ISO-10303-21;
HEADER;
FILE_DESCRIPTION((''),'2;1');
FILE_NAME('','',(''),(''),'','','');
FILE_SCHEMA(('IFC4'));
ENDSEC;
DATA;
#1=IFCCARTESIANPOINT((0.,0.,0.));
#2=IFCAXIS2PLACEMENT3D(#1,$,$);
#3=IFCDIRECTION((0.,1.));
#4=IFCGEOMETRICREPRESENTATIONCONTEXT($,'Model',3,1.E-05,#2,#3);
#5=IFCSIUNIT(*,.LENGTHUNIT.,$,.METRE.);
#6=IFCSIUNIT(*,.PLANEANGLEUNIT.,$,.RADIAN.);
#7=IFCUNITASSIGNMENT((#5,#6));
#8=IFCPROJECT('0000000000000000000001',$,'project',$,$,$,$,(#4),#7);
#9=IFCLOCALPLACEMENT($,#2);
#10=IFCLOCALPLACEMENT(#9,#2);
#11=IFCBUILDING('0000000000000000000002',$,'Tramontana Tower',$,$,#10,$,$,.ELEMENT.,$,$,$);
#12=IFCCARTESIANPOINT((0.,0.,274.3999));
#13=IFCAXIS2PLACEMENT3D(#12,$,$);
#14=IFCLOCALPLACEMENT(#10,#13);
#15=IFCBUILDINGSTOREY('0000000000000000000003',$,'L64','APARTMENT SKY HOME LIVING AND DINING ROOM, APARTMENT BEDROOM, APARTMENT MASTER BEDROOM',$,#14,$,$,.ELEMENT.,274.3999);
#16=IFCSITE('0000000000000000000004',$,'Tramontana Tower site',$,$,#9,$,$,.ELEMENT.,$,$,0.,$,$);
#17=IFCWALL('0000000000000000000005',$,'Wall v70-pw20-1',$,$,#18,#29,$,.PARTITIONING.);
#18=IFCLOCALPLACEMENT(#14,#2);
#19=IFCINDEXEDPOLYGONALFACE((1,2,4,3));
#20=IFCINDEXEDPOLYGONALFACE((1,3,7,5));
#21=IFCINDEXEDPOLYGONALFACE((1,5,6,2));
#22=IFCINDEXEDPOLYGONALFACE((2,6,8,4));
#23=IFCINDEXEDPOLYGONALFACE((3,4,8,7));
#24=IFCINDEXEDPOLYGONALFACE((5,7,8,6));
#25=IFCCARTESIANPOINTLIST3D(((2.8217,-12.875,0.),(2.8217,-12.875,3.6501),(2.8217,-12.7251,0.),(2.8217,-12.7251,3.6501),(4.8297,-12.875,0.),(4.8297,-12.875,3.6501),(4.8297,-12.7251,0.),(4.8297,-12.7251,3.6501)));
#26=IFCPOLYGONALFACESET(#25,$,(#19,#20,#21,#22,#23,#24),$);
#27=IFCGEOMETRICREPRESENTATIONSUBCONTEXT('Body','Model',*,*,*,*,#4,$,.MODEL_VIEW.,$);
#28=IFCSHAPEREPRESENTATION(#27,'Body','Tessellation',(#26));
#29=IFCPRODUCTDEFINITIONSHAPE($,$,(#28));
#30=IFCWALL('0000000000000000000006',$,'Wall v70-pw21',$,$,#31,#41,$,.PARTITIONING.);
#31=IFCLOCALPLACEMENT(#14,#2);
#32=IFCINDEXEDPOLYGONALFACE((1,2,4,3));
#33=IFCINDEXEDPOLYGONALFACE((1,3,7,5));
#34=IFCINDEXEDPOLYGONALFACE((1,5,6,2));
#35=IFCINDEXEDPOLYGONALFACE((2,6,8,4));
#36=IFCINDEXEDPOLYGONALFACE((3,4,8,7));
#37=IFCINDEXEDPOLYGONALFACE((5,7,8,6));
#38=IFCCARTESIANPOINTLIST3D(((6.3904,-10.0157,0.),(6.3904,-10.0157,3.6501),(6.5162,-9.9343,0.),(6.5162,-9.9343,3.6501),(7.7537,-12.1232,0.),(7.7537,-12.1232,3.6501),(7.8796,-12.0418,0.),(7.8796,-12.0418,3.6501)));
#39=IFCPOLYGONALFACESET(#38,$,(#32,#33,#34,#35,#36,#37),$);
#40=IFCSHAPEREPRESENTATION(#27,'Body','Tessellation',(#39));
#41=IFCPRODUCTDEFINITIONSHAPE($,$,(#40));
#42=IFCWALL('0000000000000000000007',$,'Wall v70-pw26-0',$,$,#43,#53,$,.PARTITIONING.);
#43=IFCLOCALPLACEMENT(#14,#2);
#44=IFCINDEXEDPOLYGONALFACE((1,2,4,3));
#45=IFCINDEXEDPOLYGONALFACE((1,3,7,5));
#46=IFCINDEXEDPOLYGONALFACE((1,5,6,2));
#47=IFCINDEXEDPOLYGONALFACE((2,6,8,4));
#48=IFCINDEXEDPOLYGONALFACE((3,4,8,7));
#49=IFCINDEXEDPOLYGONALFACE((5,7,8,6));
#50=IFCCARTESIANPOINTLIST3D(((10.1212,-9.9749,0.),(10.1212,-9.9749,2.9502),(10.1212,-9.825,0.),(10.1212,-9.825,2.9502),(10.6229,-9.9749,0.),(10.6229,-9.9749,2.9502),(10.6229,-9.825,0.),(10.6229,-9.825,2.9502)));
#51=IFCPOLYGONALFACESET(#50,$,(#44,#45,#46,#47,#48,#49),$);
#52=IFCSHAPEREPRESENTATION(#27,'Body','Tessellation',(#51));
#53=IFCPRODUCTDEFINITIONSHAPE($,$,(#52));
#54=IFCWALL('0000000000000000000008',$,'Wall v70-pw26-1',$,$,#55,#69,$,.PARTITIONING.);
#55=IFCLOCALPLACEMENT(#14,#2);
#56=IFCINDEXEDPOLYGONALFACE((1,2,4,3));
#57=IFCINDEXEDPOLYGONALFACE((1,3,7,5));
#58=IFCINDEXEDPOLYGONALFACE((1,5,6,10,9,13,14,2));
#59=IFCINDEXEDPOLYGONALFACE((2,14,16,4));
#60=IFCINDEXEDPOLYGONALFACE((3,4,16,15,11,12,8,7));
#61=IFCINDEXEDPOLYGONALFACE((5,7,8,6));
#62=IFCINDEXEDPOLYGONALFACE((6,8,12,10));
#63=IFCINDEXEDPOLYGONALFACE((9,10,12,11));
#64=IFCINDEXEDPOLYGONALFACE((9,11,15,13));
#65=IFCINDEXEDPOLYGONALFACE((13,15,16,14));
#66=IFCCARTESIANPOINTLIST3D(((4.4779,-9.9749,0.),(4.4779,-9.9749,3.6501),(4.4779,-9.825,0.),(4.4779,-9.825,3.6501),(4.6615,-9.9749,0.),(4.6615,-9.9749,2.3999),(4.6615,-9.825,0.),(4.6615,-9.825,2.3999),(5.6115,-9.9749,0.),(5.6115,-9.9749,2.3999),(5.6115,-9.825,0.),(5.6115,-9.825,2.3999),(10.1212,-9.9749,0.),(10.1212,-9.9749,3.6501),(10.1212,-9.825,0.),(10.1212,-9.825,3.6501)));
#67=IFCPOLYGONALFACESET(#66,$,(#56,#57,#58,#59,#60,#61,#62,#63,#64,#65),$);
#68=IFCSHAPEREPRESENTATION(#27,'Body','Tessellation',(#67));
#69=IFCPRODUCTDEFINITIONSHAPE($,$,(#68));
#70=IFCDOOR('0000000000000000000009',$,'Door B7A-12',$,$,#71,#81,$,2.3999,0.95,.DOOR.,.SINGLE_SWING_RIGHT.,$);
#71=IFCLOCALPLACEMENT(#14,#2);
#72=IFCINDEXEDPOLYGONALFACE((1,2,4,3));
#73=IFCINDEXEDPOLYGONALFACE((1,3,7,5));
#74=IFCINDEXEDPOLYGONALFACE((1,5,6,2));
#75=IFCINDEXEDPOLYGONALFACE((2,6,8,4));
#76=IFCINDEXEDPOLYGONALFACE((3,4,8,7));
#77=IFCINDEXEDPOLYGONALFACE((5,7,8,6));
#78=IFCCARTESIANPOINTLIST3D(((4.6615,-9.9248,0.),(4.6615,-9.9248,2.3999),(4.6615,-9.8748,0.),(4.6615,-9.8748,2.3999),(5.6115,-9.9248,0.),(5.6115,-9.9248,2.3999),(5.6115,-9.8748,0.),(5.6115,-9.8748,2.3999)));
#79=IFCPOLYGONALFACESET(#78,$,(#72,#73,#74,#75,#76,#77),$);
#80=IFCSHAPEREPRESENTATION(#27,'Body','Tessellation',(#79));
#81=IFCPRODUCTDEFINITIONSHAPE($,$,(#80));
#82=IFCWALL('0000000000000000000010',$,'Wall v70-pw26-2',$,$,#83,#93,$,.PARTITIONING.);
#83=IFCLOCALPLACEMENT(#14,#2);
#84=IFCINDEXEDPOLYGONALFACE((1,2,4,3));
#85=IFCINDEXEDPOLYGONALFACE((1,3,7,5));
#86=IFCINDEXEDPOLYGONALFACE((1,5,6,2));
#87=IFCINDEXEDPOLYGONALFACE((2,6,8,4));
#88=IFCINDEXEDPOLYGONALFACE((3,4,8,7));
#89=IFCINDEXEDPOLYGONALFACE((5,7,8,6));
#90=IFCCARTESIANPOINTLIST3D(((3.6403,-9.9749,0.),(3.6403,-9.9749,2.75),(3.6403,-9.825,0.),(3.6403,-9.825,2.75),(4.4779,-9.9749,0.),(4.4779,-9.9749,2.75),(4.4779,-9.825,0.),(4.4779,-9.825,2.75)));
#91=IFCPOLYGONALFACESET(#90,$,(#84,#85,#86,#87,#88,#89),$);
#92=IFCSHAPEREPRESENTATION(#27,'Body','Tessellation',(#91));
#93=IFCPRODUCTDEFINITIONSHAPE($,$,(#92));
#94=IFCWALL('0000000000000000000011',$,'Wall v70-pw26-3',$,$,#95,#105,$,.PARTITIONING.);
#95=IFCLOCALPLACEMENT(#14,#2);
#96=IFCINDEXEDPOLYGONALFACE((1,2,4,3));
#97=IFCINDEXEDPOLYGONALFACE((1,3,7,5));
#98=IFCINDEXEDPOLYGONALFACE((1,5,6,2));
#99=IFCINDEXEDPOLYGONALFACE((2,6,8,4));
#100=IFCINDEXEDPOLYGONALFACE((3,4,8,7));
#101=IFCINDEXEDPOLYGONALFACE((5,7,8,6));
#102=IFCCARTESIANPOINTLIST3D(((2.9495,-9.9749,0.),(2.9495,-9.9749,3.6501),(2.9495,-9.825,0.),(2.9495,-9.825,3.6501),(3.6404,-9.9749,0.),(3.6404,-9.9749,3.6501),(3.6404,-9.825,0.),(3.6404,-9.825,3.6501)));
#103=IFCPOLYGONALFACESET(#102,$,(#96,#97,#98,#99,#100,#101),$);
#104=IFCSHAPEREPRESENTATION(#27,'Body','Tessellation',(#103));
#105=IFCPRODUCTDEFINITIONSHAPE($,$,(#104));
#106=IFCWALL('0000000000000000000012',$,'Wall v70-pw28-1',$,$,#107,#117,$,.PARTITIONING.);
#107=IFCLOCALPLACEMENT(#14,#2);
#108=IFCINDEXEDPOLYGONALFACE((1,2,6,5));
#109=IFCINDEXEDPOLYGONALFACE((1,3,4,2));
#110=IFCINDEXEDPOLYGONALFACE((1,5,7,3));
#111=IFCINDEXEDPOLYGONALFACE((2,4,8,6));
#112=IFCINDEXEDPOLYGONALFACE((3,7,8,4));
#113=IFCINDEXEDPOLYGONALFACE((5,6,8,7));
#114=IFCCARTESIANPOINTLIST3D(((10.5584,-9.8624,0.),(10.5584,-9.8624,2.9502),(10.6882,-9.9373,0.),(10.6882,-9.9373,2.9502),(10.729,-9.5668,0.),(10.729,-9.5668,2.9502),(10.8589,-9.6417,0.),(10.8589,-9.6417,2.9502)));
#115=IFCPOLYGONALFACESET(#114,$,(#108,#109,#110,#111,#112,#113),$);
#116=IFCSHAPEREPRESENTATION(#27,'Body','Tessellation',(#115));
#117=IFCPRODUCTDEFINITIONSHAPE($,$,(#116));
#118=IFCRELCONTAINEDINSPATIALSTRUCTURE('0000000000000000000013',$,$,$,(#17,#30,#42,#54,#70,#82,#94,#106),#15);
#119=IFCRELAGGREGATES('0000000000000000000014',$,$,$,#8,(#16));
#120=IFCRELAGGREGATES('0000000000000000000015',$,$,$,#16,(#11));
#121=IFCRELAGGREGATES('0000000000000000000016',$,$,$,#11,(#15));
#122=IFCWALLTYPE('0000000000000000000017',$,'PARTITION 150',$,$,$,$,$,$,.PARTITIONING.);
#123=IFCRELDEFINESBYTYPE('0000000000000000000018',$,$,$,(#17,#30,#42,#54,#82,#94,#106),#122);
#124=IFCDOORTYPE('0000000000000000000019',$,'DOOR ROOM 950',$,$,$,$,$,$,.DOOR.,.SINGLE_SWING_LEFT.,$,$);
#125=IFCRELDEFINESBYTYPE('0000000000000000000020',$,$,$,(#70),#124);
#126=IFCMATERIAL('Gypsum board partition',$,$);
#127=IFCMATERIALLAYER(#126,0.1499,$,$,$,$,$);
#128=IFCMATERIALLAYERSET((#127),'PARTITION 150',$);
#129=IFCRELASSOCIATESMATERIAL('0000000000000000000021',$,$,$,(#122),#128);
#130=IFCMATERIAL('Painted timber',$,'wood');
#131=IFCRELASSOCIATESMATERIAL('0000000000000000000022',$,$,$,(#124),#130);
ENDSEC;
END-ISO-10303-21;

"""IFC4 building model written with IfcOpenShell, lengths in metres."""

from ifc_helpers import new_model, si_unit, direction, frame, frame_2d, origin, place, context, subcontext, project, spatial, rectangle, extrude, material, layer, layer_set, type_object, element, fill, save


model = new_model("IFC4")

# Units and contexts
model_context = context("Model", 3, precision=1e-05, world=origin(), true_north=direction((0.0, 1.0)))
body_context = subcontext(model_context, "Body", "Model", "MODEL_VIEW")
ifc_project = project(units=[si_unit("LENGTHUNIT", "METRE"), si_unit("PLANEANGLEUNIT", "RADIAN")], contexts=[model_context])

# Site, building, storey
site_placement = place(None, origin())
site = spatial("IfcSite", under=ifc_project, at=site_placement, Name="Tramontana Tower site", CompositionType="ELEMENT", RefElevation=0.0)
building_placement = place(site_placement, origin())
building = spatial("IfcBuilding", under=site, at=building_placement, Name="Tramontana Tower", CompositionType="ELEMENT")
storey_placement = place(building_placement, frame((0.0, 0.0, 274.3999)))
storey = spatial("IfcBuildingStorey", under=building, at=storey_placement, Name="L64", Description="APARTMENT SKY HOME LIVING AND DINING ROOM, APARTMENT BEDROOM, APARTMENT MASTER BEDROOM", CompositionType="ELEMENT", Elevation=274.3999)

# Shared definitions
ifc_material_1 = material(Name="Gypsum board partition")
ifc_layer_1 = layer(ifc_material_1, 0.1499)
ifc_layer_set_1 = layer_set([ifc_layer_1], Name="PARTITION 150")
wall_type_1 = type_object("IfcWallType", Name="PARTITION 150", PredefinedType="PARTITIONING", material=ifc_layer_set_1)

# Shared definitions
ifc_material_2 = material(Name="Painted timber", Category="wood")
door_type_1 = type_object("IfcDoorType", Name="DOOR ROOM 950", OperationType="SINGLE_SWING_LEFT", PredefinedType="DOOR", material=ifc_material_2)

# Walls
wall_1_placement = place(storey_placement, frame((4.8296, -12.8, 0.0), z_axis=(0.0, 0.0, 1.0), x_axis=(-1.0, 0.0, 0.0)))
element("IfcWall", 1, at=wall_1_placement, inside=storey, type_object=wall_type_1, Name="Wall v70-pw20-1", PredefinedType="PARTITIONING", context=body_context, shape_type="SweptSolid", body=[
    extrude(rectangle(XDim=2.0081, YDim=0.1499, at=frame_2d((1.0039, 0.0))), origin(), (0.0, 0.0, 1.0), 3.6501),
])
wall_2_placement = place(storey_placement, frame((6.4534, -9.9751, 0.0), z_axis=(0.0, 0.0, 1.0), x_axis=(0.543154, -0.839633, 0.0)))
element("IfcWall", 2, at=wall_2_placement, inside=storey, type_object=wall_type_1, Name="Wall v70-pw21", PredefinedType="PARTITIONING", context=body_context, shape_type="SweptSolid", body=[
    extrude(rectangle(XDim=2.51, YDim=0.1499, at=frame_2d((1.2549, 0.0))), origin(), (0.0, 0.0, 1.0), 3.6501),
])
wall_3_placement = place(storey_placement, frame((10.623, -9.8999, 0.0), z_axis=(0.0, 0.0, 1.0), x_axis=(-1.0, 0.0, 0.0)))
element("IfcWall", 3, at=wall_3_placement, inside=storey, type_object=wall_type_1, Name="Wall v70-pw26-0", PredefinedType="PARTITIONING", context=body_context, shape_type="SweptSolid", body=[
    extrude(rectangle(XDim=0.5017, YDim=0.1499, at=frame_2d((0.251, 0.0))), origin(), (0.0, 0.0, 1.0), 2.9502),
])

# Wall, opening, door
wall_4_placement = place(storey_placement, frame((10.1213, -9.8999, 0.0), z_axis=(0.0, 0.0, 1.0), x_axis=(-1.0, 0.0, 0.0)))
wall_4 = element("IfcWall", 4, at=wall_4_placement, inside=storey, type_object=wall_type_1, Name="Wall v70-pw26-1", PredefinedType="PARTITIONING", context=body_context, shape_type="SweptSolid", body=[
    extrude(rectangle(XDim=5.6433, YDim=0.1499, at=frame_2d((2.8218, 0.0))), origin(), (0.0, 0.0, 1.0), 3.6501),
])
opening_1_placement = place(wall_4_placement, frame((4.5098, 0.0, 0.0)))
opening_1 = element("IfcOpeningElement", 5, at=opening_1_placement, cuts=wall_4, PredefinedType="OPENING", context=body_context, shape_type="SweptSolid", body=[
    extrude(rectangle(XDim=0.95, YDim=2.3999, at=frame_2d((0.4751, 1.2))), frame((0.0, 0.085, 0.0), z_axis=(0.0, -1.0, 0.0), x_axis=(1.0, 0.0, 0.0)), (0.0, 0.0, 1.0), 0.1699),
])
door_1_placement = place(opening_1_placement, origin())
door_1 = element("IfcDoor", 6, at=door_1_placement, inside=storey, type_object=door_type_1, Name="Door B7A-12", OperationType="SINGLE_SWING_RIGHT", OverallHeight=2.3999, OverallWidth=0.95, PredefinedType="DOOR", context=body_context, shape_type="SweptSolid", body=[
    extrude(rectangle(XDim=0.95, YDim=2.3999, at=frame_2d((0.4751, 1.2))), frame((0.0, 0.0249, 0.0), z_axis=(0.0, -1.0, 0.0), x_axis=(1.0, 0.0, 0.0)), (0.0, 0.0, 1.0), 0.05),
])
fill(opening_1, door_1)

# Walls
wall_5_placement = place(storey_placement, frame((4.478, -9.8999, 0.0), z_axis=(0.0, 0.0, 1.0), x_axis=(-1.0, 0.0, 0.0)))
element("IfcWall", 7, at=wall_5_placement, inside=storey, type_object=wall_type_1, Name="Wall v70-pw26-2", PredefinedType="PARTITIONING", context=body_context, shape_type="SweptSolid", body=[
    extrude(rectangle(XDim=0.8376, YDim=0.1499, at=frame_2d((0.4189, 0.0))), origin(), (0.0, 0.0, 1.0), 2.75),
])
wall_6_placement = place(storey_placement, frame((3.6404, -9.8999, 0.0), z_axis=(0.0, 0.0, 1.0), x_axis=(-1.0, 0.0, 0.0)))
element("IfcWall", 8, at=wall_6_placement, inside=storey, type_object=wall_type_1, Name="Wall v70-pw26-3", PredefinedType="PARTITIONING", context=body_context, shape_type="SweptSolid", body=[
    extrude(rectangle(XDim=0.6909, YDim=0.1499, at=frame_2d((0.3455, 0.0))), origin(), (0.0, 0.0, 1.0), 3.6501),
])
wall_7_placement = place(storey_placement, frame((10.7939, -9.6042, 0.0), z_axis=(0.0, 0.0, 1.0), x_axis=(-0.499908, -0.866078, 0.0)))
element("IfcWall", 9, at=wall_7_placement, inside=storey, type_object=wall_type_1, Name="Wall v70-pw28-1", PredefinedType="PARTITIONING", context=body_context, shape_type="SweptSolid", body=[
    extrude(rectangle(XDim=0.3413, YDim=0.1499, at=frame_2d((0.1707, 0.0))), origin(), (0.0, 0.0, 1.0), 2.9502),
])

save(model, "model.ifc")
